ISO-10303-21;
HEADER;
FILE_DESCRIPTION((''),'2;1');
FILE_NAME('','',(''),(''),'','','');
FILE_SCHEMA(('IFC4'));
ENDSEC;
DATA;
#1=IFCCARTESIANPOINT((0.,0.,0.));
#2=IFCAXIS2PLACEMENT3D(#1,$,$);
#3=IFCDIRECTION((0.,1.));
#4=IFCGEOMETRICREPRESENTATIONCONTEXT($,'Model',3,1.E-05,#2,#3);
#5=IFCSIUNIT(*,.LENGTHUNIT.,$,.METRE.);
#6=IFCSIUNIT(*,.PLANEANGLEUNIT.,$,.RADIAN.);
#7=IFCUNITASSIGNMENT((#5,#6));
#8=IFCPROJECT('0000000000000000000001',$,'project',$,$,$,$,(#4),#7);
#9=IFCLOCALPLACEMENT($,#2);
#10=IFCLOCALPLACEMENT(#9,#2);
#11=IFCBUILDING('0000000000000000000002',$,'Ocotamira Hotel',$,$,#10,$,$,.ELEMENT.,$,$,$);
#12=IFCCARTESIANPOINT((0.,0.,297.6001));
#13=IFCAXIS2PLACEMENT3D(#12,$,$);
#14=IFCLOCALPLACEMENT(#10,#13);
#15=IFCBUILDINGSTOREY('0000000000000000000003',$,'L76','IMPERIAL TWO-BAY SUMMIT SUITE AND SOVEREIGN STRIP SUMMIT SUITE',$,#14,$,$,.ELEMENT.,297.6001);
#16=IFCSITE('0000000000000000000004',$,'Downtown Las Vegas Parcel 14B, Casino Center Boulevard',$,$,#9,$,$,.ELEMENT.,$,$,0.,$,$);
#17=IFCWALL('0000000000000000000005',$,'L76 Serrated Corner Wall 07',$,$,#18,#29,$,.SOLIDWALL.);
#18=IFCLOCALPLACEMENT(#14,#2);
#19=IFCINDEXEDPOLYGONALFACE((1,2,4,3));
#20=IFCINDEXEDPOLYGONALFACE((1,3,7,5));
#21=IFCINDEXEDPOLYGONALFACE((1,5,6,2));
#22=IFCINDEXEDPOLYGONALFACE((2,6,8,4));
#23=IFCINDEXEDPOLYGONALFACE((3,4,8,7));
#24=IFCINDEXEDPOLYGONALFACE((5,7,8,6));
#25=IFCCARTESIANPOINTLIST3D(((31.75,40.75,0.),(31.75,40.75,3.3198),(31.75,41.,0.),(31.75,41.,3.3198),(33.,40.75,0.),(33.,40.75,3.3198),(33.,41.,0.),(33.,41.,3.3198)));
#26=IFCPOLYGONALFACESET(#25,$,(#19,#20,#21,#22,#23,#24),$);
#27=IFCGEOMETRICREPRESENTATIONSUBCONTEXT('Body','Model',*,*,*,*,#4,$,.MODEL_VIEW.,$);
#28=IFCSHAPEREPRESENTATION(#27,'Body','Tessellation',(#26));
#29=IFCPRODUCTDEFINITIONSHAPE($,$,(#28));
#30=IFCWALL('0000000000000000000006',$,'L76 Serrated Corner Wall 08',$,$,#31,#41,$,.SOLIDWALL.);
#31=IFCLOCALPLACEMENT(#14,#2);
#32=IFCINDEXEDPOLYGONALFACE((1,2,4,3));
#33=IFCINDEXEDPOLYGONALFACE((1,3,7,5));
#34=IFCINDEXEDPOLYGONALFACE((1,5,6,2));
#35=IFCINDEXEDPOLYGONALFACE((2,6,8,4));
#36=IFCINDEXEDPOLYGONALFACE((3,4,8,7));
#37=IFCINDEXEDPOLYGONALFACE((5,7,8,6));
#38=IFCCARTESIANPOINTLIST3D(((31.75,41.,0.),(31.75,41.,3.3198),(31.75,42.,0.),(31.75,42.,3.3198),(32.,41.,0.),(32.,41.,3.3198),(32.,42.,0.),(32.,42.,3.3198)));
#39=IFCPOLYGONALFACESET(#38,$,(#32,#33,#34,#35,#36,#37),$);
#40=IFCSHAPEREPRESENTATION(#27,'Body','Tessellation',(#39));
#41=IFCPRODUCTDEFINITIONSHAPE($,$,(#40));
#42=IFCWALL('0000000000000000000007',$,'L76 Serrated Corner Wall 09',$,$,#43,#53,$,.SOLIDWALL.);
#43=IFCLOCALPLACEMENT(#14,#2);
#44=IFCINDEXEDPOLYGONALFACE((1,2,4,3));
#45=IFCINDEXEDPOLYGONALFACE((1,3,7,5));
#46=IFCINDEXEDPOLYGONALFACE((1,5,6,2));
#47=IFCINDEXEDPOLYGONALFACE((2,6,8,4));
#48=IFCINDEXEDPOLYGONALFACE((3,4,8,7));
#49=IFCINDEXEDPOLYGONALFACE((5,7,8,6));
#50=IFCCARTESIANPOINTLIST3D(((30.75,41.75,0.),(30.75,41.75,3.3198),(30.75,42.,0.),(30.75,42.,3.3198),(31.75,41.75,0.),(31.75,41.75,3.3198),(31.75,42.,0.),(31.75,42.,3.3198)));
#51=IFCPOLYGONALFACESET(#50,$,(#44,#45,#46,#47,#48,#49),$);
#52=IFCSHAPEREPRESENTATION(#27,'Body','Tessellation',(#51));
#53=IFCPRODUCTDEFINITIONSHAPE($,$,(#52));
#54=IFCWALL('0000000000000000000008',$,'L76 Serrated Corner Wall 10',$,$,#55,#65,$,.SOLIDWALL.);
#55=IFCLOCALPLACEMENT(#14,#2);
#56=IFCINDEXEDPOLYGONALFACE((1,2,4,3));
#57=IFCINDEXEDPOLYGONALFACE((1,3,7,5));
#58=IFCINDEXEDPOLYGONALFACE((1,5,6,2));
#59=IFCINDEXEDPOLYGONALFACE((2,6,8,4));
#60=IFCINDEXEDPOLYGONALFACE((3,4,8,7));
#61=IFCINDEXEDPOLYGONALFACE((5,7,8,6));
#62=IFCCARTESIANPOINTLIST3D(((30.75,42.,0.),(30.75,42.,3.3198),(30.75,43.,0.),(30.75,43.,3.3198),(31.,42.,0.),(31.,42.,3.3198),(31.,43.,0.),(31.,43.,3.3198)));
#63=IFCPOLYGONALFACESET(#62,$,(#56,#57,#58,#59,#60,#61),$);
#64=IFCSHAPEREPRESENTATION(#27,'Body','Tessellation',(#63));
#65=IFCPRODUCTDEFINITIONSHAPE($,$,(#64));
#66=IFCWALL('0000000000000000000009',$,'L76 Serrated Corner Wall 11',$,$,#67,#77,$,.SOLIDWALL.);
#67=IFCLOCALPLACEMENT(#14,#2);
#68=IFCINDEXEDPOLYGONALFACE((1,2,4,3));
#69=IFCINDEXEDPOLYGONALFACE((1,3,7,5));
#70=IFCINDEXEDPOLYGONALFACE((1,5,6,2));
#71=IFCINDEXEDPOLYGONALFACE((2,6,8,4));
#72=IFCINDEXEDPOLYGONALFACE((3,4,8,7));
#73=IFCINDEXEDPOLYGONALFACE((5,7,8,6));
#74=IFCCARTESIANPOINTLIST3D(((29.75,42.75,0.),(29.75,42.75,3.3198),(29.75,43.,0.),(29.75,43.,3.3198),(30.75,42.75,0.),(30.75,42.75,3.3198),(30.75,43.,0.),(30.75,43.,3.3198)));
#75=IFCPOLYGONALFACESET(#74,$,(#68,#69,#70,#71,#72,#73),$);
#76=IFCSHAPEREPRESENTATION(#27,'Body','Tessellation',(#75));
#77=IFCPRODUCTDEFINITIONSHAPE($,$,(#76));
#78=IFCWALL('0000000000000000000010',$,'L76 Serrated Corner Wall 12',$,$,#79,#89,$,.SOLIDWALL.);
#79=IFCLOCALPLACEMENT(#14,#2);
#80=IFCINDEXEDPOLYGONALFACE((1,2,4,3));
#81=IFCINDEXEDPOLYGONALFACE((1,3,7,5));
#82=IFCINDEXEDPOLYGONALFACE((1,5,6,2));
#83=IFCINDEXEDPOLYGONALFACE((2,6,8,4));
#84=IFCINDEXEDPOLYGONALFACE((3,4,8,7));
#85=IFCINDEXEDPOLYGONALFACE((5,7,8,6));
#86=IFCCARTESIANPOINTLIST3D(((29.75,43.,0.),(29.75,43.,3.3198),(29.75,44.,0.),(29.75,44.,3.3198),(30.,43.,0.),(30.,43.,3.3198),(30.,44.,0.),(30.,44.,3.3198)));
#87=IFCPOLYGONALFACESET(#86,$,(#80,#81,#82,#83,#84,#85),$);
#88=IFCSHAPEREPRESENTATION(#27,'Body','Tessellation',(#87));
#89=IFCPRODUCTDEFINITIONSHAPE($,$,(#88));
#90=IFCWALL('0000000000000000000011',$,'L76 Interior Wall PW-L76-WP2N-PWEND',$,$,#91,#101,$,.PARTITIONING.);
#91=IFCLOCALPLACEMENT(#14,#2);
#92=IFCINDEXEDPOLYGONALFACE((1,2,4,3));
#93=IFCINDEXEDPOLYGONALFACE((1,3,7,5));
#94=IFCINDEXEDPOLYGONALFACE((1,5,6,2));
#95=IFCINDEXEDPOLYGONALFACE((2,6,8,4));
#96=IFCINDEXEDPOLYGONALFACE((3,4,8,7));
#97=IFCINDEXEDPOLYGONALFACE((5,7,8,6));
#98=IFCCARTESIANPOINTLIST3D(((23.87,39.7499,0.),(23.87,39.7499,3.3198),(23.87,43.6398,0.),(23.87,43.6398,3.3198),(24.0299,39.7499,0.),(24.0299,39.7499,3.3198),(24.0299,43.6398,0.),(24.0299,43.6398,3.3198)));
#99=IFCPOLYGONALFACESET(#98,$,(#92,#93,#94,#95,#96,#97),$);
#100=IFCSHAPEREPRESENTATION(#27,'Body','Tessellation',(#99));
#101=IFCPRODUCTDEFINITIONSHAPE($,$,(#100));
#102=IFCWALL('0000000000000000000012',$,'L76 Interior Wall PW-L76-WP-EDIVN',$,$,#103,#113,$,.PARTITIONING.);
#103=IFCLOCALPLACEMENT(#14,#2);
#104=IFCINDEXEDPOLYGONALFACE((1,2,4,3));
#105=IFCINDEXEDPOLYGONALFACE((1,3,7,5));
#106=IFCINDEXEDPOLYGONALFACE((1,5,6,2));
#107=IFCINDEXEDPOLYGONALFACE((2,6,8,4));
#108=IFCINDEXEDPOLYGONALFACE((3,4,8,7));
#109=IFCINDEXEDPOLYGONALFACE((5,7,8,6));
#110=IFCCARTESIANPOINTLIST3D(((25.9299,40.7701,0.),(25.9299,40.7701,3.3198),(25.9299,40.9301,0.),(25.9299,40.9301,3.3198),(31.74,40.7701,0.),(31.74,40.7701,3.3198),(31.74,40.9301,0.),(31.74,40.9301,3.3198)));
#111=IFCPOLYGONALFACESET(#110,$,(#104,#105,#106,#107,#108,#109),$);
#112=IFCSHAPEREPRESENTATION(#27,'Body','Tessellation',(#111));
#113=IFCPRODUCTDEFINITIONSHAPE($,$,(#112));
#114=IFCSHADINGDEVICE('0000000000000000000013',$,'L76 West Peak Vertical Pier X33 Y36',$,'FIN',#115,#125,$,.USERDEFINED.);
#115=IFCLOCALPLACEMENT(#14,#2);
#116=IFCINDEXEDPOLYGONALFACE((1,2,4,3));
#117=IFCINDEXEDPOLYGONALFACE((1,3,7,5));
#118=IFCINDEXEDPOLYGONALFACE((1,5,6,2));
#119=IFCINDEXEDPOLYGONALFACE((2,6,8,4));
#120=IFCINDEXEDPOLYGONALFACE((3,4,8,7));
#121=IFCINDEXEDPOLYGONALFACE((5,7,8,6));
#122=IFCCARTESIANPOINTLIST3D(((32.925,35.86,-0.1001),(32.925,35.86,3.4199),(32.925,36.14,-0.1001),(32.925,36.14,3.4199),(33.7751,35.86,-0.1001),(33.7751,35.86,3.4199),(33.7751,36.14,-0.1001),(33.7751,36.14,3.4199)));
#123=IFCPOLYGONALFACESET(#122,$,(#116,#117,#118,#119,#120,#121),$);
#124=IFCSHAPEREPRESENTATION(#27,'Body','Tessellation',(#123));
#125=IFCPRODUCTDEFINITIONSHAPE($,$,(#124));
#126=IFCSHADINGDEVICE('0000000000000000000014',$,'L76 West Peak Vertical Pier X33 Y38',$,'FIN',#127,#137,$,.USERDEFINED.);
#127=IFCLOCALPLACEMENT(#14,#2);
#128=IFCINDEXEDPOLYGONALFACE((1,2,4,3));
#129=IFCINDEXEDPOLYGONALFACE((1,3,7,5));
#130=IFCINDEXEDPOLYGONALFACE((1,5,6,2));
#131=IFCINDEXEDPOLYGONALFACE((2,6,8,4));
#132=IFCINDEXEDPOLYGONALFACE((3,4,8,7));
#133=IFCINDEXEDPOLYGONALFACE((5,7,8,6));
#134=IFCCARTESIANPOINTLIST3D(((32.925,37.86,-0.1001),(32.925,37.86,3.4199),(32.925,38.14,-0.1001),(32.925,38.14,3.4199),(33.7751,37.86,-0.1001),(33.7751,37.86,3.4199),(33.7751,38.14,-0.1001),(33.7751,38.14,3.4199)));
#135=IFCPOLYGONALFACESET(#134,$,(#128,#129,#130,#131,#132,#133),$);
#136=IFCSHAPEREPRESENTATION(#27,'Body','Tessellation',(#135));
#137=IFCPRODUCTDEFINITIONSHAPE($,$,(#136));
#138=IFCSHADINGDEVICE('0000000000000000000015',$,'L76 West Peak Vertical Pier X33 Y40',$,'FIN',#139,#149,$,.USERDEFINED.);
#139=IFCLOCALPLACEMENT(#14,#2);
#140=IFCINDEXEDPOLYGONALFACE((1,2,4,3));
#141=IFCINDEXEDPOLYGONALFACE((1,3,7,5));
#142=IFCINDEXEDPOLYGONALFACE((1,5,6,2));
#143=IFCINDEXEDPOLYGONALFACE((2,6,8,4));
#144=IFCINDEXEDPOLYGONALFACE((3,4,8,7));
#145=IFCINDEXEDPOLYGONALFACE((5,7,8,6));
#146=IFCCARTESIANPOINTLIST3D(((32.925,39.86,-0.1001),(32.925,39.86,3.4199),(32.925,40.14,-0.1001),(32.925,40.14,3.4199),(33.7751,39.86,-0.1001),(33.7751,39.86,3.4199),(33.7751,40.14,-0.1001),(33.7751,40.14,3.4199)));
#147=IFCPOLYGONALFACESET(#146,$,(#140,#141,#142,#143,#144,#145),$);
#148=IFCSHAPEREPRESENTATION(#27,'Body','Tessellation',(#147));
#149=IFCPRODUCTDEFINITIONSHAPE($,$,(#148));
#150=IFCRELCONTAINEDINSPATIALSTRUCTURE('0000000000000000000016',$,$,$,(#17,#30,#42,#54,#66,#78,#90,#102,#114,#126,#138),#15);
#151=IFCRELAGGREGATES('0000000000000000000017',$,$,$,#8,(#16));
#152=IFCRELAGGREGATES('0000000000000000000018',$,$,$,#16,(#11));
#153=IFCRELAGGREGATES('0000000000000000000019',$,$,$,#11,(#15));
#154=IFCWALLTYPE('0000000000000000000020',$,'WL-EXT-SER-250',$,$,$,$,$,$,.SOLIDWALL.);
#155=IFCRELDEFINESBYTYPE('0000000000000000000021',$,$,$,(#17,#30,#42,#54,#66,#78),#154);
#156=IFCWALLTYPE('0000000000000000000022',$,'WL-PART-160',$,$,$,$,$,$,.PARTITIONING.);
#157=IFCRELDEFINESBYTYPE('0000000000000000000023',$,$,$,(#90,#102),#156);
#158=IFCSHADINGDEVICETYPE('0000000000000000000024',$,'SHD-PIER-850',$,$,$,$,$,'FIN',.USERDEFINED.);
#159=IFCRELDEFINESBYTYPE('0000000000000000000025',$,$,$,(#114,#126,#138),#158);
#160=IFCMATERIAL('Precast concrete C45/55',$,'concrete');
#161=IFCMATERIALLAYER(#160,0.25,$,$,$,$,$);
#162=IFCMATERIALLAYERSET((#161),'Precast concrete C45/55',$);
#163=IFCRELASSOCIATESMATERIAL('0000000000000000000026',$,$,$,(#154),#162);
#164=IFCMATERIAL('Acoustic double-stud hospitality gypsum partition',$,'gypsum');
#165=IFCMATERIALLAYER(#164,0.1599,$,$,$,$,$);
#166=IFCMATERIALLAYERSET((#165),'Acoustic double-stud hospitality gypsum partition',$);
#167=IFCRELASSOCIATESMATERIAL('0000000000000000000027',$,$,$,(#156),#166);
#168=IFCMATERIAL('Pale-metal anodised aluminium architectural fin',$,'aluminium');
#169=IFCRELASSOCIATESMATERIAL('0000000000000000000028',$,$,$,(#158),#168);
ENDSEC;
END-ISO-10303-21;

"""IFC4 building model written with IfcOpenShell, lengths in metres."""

from ifc_helpers import new_model, si_unit, direction, frame, frame_2d, origin, origin_2d, place, context, subcontext, project, spatial, rectangle, extrude, source, transform, mapped, material, layer, layer_set, type_object, element, save


model = new_model("IFC4")

# Units and contexts
model_context = context("Model", 3, precision=1e-05, world=origin(), true_north=direction((0.0, 1.0)))
body_context = subcontext(model_context, "Body", "Model", "MODEL_VIEW")
ifc_project = project(units=[si_unit("LENGTHUNIT", "METRE"), si_unit("PLANEANGLEUNIT", "RADIAN")], contexts=[model_context])

# Site, building, storey
site_placement = place(None, origin())
site = spatial("IfcSite", under=ifc_project, at=site_placement, Name="Downtown Las Vegas Parcel 14B, Casino Center Boulevard", CompositionType="ELEMENT", RefElevation=0.0)
building_placement = place(site_placement, origin())
building = spatial("IfcBuilding", under=site, at=building_placement, Name="Ocotamira Hotel", CompositionType="ELEMENT")
storey_placement = place(building_placement, frame((0.0, 0.0, 297.6001)))
storey = spatial("IfcBuildingStorey", under=building, at=storey_placement, Name="L76", Description="IMPERIAL TWO-BAY SUMMIT SUITE AND SOVEREIGN STRIP SUMMIT SUITE", CompositionType="ELEMENT", Elevation=297.6001)

# Walls
ifc_material_1 = material(Name="Precast concrete C45/55", Category="concrete")
ifc_layer_1 = layer(ifc_material_1, 0.25)
ifc_layer_set_1 = layer_set([ifc_layer_1], Name="Precast concrete C45/55")
wall_type_1 = type_object("IfcWallType", Name="WL-EXT-SER-250", PredefinedType="SOLIDWALL", material=ifc_layer_set_1)
wall_1_placement = place(storey_placement, frame((33.0, 40.875, 0.0), z_axis=(0.0, 0.0, 1.0), x_axis=(-1.0, 0.0, 0.0)))
element("IfcWall", 1, at=wall_1_placement, inside=storey, type_object=wall_type_1, Name="L76 Serrated Corner Wall 07", PredefinedType="SOLIDWALL", context=body_context, shape_type="SweptSolid", body=[
    extrude(rectangle(XDim=1.25, YDim=0.25, at=frame_2d((0.625, 0.0))), origin(), (0.0, 0.0, 1.0), 3.3198),
])
for number, where, z_axis, x_axis, name in (
    (2, (31.875, 41.0, 0.0), (0.0, 0.0, 1.0), (0.0, 1.0, 0.0), "L76 Serrated Corner Wall 08"),
    (3, (31.75, 41.875, 0.0), (0.0, 0.0, 1.0), (-1.0, 0.0, 0.0), "L76 Serrated Corner Wall 09"),
    (4, (30.875, 42.0, 0.0), (0.0, 0.0, 1.0), (0.0, 1.0, 0.0), "L76 Serrated Corner Wall 10"),
    (5, (30.75, 42.875, 0.0), (0.0, 0.0, 1.0), (-1.0, 0.0, 0.0), "L76 Serrated Corner Wall 11"),
    (6, (29.875, 43.0, 0.0), (0.0, 0.0, 1.0), (0.0, 1.0, 0.0), "L76 Serrated Corner Wall 12"),
):
    element("IfcWall", number, at=place(storey_placement, frame(where, z_axis=z_axis, x_axis=x_axis)), inside=storey, type_object=wall_type_1, Name=name, PredefinedType="SOLIDWALL", context=body_context, shape_type="SweptSolid", body=[
        extrude(rectangle(XDim=1.0, YDim=0.25, at=frame_2d((0.5, 0.0))), origin(), (0.0, 0.0, 1.0), 3.3198),
    ])
ifc_material_2 = material(Name="Acoustic double-stud hospitality gypsum partition", Category="gypsum")
ifc_layer_2 = layer(ifc_material_2, 0.1599)
ifc_layer_set_2 = layer_set([ifc_layer_2], Name="Acoustic double-stud hospitality gypsum partition")
wall_type_2 = type_object("IfcWallType", Name="WL-PART-160", PredefinedType="PARTITIONING", material=ifc_layer_set_2)
wall_2_placement = place(storey_placement, frame((23.95, 39.75, 0.0), z_axis=(0.0, 0.0, 1.0), x_axis=(0.0, 1.0, 0.0)))
element("IfcWall", 7, at=wall_2_placement, inside=storey, type_object=wall_type_2, Name="L76 Interior Wall PW-L76-WP2N-PWEND", PredefinedType="PARTITIONING", context=body_context, shape_type="SweptSolid", body=[
    extrude(rectangle(XDim=3.8899, YDim=0.1599, at=frame_2d((1.9448, 0.0))), origin(), (0.0, 0.0, 1.0), 3.3198),
])
wall_3_placement = place(storey_placement, frame((25.9299, 40.8501, 0.0), z_axis=(0.0, 0.0, 1.0), x_axis=(1.0, 0.0, 0.0)))
element("IfcWall", 8, at=wall_3_placement, inside=storey, type_object=wall_type_2, Name="L76 Interior Wall PW-L76-WP-EDIVN", PredefinedType="PARTITIONING", context=body_context, shape_type="SweptSolid", body=[
    extrude(rectangle(XDim=5.8101, YDim=0.1599, at=frame_2d((2.905, 0.0))), origin(), (0.0, 0.0, 1.0), 3.3198),
])

# Shading devices
ifc_material_3 = material(Name="Pale-metal anodised aluminium architectural fin", Category="aluminium")
shading_device_type = type_object("IfcShadingDeviceType", Name="SHD-PIER-850", ElementType="FIN", PredefinedType="USERDEFINED", material=ifc_material_3)
shared_shape_1 = source(origin(), body_context, "Body", "SweptSolid", [
    extrude(rectangle(XDim=0.8501, YDim=0.28, at=origin_2d()), origin(), (0.0, 0.0, 1.0), 3.52),
])
for number, where, z_axis, x_axis, name in (
    (9, (33.3501, 36.0, -0.1001), (0.0, 0.0, 1.0), (1.0, 0.0, 0.0), "L76 West Peak Vertical Pier X33 Y36"),
    (10, (33.3501, 38.0, -0.1001), (0.0, 0.0, 1.0), (1.0, 0.0, 0.0), "L76 West Peak Vertical Pier X33 Y38"),
    (11, (33.3501, 40.0, -0.1001), (0.0, 0.0, 1.0), (1.0, 0.0, 0.0), "L76 West Peak Vertical Pier X33 Y40"),
):
    element("IfcShadingDevice", number, at=place(storey_placement, frame(where, z_axis=z_axis, x_axis=x_axis)), inside=storey, type_object=shading_device_type, Name=name, ObjectType="FIN", PredefinedType="USERDEFINED", context=body_context, shape_type="MappedRepresentation", body=[
        mapped(shared_shape_1, transform((0.0, 0.0, 0.0), scale=1.0)),
    ])

save(model, "model.ifc")
